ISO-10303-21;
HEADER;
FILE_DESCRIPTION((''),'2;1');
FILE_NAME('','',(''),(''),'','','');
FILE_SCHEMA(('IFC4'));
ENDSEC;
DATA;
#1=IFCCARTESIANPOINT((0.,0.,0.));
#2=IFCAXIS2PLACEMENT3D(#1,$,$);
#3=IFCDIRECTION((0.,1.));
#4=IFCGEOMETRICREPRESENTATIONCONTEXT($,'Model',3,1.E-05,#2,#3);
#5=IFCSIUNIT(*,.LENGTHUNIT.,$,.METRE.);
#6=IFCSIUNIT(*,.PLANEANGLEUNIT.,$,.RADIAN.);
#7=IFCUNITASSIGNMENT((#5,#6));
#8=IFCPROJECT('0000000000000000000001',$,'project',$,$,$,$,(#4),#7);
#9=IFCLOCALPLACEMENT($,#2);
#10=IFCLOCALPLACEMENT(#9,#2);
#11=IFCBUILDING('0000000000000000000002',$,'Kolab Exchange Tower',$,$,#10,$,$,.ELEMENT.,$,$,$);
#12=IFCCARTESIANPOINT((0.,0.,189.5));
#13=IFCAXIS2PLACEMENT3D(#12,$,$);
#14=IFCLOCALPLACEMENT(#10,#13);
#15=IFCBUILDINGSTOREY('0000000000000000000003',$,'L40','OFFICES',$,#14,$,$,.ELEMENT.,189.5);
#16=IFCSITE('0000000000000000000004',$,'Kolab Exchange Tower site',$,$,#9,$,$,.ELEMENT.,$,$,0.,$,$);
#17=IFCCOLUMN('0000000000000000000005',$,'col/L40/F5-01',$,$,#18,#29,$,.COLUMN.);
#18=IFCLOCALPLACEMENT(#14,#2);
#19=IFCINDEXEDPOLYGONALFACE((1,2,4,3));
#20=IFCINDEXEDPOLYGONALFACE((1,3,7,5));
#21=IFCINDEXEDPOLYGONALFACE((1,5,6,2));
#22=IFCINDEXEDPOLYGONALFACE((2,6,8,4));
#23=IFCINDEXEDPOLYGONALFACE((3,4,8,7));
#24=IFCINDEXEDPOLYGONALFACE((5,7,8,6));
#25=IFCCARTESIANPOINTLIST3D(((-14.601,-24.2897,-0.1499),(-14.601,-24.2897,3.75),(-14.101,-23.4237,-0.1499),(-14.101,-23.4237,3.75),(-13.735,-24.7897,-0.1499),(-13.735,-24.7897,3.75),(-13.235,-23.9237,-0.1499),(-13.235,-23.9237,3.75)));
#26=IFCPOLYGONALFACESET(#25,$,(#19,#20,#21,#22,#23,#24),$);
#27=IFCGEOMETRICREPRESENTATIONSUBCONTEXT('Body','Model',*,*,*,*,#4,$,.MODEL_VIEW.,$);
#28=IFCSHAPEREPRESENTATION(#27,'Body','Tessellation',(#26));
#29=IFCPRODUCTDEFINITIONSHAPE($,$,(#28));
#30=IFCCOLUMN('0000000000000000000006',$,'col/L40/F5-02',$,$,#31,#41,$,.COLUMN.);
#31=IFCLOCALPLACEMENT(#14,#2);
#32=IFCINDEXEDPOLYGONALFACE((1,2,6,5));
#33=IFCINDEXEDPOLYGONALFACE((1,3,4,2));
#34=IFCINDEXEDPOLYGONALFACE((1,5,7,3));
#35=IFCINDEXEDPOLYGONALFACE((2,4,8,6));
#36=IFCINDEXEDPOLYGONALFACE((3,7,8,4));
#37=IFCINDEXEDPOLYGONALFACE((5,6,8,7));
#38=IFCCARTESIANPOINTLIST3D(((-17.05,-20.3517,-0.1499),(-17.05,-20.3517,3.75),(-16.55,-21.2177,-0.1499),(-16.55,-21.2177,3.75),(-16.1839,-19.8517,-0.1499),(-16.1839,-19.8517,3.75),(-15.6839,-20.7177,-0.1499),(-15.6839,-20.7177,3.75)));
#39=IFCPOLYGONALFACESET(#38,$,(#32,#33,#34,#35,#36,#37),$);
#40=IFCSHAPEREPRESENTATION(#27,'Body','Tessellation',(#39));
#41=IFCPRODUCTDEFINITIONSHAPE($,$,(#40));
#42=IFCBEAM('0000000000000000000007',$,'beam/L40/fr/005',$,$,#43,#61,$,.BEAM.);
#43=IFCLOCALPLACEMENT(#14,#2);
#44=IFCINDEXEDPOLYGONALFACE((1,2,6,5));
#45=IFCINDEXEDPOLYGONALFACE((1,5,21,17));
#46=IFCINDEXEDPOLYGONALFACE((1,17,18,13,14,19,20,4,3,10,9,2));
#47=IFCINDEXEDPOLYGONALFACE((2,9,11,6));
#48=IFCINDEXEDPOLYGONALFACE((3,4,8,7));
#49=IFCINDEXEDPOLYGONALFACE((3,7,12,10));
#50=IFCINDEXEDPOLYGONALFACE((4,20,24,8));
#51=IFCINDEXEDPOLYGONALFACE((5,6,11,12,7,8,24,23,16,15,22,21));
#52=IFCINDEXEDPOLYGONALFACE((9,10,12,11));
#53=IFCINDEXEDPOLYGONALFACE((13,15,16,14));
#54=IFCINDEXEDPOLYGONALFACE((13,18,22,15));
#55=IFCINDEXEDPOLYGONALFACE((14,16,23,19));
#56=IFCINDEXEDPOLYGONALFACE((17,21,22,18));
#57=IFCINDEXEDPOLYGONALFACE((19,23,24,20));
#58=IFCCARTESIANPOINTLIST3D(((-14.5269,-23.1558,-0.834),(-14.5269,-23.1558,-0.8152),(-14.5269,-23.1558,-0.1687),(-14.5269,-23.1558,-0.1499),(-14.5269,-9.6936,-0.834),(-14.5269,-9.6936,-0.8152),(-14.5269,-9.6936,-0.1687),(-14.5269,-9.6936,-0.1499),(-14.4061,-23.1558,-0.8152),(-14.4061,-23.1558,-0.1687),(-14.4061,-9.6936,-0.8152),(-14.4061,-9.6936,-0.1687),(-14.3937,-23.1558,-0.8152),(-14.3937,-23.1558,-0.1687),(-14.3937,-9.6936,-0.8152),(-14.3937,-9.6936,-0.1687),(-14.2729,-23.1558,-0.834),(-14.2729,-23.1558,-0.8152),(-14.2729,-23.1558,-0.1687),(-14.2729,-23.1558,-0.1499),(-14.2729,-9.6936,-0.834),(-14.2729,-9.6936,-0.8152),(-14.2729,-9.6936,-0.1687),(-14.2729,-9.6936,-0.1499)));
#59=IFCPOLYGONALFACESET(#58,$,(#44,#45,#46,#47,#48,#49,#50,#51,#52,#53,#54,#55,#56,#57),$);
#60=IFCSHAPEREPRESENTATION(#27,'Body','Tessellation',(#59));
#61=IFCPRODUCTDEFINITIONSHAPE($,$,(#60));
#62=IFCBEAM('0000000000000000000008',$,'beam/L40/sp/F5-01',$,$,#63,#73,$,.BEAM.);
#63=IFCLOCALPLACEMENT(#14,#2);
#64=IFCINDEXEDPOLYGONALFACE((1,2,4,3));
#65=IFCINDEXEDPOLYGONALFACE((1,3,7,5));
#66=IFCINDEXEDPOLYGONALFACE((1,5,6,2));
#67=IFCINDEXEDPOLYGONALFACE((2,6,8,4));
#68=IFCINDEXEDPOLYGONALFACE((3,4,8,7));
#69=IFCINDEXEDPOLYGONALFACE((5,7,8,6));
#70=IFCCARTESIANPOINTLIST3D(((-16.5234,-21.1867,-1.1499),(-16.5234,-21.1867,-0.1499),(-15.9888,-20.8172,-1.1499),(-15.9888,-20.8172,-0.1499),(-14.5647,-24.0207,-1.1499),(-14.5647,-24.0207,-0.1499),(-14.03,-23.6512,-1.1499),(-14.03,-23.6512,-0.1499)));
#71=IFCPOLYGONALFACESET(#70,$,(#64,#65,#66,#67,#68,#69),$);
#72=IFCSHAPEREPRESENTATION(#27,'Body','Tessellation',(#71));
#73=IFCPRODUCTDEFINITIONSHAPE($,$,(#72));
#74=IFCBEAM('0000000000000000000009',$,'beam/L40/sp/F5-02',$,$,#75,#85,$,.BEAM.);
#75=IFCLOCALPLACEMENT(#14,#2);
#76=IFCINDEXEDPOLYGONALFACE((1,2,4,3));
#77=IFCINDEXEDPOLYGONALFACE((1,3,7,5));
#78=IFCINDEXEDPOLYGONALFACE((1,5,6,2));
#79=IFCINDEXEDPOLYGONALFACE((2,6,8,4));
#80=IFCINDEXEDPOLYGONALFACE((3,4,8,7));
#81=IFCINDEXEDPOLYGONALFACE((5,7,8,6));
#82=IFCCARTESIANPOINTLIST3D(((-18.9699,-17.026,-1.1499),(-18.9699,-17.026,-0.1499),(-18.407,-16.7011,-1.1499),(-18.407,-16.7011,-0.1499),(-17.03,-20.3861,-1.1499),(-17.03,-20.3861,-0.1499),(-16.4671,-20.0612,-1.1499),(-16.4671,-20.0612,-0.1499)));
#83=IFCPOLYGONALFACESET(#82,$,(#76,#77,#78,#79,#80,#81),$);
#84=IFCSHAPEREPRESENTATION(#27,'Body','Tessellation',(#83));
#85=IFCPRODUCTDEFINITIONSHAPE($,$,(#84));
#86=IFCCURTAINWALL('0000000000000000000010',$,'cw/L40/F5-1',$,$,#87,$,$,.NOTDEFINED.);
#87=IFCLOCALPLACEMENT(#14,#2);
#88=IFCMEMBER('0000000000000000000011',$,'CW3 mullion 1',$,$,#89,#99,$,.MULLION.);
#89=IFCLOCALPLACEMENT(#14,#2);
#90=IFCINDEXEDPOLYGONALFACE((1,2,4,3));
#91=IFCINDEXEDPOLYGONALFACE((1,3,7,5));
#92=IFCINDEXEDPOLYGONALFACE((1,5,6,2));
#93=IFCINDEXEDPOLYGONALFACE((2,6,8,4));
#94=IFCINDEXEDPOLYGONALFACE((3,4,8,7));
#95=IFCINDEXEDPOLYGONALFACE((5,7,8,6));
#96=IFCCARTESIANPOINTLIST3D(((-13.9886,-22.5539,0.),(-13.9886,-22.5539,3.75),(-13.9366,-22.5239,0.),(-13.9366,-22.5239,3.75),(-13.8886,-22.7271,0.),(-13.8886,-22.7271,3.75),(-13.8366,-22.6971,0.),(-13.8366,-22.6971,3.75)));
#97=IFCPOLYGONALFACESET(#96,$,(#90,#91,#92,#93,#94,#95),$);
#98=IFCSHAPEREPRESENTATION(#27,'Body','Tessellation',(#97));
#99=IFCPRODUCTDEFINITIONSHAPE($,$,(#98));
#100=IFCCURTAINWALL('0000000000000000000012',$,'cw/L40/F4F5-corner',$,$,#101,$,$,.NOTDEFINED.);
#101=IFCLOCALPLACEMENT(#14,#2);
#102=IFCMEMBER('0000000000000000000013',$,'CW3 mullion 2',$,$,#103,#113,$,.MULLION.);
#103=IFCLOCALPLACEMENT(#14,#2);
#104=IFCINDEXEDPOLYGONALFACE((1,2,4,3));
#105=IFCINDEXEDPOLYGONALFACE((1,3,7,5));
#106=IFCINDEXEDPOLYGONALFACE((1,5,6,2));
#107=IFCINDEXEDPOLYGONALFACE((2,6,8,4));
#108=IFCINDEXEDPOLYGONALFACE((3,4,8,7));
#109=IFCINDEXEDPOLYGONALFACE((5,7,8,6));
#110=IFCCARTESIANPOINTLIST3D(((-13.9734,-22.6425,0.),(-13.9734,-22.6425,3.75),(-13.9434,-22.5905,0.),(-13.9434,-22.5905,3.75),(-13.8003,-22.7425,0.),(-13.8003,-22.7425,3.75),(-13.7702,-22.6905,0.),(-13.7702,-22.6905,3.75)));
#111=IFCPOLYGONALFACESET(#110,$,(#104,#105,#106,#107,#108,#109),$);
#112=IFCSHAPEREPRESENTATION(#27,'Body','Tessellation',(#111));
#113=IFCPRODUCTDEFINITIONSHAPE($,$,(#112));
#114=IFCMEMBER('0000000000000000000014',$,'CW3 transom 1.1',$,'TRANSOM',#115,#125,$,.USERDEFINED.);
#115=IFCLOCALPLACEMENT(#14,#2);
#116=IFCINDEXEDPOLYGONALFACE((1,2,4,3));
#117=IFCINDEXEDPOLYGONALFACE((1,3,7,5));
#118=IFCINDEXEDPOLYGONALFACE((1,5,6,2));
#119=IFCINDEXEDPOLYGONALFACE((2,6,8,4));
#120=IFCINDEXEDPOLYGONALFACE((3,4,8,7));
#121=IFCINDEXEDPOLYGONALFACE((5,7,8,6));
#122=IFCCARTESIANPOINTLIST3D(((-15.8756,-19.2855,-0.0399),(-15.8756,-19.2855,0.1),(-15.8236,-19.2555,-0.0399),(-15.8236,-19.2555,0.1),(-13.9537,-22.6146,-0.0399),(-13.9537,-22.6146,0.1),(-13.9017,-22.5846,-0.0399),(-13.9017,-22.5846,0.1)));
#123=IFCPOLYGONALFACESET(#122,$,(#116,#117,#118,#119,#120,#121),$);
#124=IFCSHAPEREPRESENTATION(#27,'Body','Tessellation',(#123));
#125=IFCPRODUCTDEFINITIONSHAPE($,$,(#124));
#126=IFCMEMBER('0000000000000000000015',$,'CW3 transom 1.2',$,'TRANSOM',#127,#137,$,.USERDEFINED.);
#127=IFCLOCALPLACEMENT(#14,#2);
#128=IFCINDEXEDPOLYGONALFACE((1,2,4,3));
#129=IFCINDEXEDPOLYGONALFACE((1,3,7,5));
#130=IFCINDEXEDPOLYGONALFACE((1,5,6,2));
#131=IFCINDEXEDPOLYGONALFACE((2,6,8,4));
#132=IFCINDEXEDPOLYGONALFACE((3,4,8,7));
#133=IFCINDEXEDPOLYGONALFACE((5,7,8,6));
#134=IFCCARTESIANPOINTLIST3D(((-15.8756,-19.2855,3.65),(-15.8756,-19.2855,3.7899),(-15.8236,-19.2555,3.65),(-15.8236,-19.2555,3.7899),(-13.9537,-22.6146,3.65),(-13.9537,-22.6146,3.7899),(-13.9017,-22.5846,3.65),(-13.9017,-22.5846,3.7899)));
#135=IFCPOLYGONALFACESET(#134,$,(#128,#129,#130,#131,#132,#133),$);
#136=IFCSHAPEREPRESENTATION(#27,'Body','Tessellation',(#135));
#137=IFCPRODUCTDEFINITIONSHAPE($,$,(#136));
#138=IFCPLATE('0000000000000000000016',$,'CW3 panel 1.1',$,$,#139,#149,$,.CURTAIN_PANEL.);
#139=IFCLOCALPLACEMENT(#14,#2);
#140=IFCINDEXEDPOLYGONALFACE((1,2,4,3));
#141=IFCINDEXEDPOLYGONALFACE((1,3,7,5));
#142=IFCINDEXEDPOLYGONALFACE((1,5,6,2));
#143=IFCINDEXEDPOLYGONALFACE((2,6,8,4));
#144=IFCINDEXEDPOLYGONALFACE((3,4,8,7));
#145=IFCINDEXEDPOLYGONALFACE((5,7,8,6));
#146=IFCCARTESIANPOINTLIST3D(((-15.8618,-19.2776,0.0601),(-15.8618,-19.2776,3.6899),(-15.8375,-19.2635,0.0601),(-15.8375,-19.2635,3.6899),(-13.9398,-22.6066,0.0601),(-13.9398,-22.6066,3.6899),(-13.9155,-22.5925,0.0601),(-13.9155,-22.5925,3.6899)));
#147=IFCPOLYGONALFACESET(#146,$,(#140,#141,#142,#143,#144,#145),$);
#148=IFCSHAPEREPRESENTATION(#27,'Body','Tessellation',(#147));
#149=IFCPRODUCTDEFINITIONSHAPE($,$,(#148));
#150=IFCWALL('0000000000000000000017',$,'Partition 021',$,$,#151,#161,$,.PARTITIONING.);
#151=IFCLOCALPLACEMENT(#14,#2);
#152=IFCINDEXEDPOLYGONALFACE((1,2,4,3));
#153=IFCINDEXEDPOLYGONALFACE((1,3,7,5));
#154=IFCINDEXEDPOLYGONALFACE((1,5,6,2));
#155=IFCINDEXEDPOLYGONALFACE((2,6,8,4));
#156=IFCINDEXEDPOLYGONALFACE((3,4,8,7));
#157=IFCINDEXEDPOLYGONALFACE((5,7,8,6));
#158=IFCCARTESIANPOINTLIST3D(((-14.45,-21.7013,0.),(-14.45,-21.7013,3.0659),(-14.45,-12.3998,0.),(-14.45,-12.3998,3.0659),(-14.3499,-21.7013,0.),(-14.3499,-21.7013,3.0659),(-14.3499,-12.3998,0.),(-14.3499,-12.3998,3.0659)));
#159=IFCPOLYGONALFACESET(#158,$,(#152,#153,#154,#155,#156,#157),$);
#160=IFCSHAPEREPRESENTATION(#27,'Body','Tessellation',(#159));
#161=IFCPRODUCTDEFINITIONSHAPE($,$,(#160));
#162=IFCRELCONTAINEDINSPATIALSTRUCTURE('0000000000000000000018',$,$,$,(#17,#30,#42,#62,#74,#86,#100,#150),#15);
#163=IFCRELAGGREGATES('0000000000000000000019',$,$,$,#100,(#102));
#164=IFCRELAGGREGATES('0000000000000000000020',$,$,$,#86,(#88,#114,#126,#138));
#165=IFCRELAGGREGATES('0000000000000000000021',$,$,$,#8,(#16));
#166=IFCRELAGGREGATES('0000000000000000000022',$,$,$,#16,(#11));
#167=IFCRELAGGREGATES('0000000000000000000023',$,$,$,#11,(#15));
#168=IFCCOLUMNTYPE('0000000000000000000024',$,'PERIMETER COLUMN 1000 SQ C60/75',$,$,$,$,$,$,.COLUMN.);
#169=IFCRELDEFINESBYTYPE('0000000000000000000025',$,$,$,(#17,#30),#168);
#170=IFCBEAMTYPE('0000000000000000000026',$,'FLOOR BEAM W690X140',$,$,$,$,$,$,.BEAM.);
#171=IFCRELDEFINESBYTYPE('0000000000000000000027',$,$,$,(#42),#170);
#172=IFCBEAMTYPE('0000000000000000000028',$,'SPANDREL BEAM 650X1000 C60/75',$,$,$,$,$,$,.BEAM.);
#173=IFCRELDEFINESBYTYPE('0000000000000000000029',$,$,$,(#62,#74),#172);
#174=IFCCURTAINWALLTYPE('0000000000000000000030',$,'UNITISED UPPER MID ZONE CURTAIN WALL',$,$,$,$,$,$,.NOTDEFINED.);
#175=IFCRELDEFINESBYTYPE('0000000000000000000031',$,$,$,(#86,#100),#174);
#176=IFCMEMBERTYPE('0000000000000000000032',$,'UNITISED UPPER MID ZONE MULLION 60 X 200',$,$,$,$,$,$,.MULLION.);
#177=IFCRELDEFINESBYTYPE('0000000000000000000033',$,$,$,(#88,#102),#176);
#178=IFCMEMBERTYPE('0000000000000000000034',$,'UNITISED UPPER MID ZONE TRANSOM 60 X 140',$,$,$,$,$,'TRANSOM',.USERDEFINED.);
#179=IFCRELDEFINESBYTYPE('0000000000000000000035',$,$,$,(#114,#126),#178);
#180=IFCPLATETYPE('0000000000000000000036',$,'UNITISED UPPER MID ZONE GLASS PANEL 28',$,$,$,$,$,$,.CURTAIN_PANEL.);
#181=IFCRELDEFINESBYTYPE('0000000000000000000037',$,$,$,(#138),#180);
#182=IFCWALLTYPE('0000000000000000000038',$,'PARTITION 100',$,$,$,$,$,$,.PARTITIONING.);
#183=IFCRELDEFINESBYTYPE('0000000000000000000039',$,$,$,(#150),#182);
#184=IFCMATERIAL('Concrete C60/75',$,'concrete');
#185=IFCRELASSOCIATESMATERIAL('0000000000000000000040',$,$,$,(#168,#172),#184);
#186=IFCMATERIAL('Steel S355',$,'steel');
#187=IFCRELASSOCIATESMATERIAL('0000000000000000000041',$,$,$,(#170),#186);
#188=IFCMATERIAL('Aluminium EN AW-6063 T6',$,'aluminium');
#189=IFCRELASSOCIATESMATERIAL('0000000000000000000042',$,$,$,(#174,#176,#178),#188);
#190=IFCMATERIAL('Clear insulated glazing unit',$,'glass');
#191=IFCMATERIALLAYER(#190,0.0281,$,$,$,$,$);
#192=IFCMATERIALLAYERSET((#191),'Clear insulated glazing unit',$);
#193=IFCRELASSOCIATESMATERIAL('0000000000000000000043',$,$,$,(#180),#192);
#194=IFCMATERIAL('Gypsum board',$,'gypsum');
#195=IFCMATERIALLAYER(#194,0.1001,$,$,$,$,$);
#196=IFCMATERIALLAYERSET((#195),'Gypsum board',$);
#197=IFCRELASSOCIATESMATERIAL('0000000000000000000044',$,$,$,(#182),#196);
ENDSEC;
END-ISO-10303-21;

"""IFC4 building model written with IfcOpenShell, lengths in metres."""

from ifc_helpers import new_model, si_unit, direction, frame, frame_2d, origin, origin_2d, place, context, subcontext, project, spatial, rectangle, i_section, extrude, material, layer, layer_set, material_profile, profile_set, type_object, element, aggregate, save


model = new_model("IFC4")

# Units and contexts
model_context = context("Model", 3, precision=1e-05, world=origin(), true_north=direction((0.0, 1.0)))
body_context = subcontext(model_context, "Body", "Model", "MODEL_VIEW")
ifc_project = project(units=[si_unit("LENGTHUNIT", "METRE"), si_unit("PLANEANGLEUNIT", "RADIAN")], contexts=[model_context])

# Site, building, storey
site_placement = place(None, origin())
site = spatial("IfcSite", under=ifc_project, at=site_placement, Name="Kolab Exchange Tower site", CompositionType="ELEMENT", RefElevation=0.0)
building_placement = place(site_placement, origin())
building = spatial("IfcBuilding", under=site, at=building_placement, Name="Kolab Exchange Tower", CompositionType="ELEMENT")
storey_placement = place(building_placement, frame((0.0, 0.0, 189.5)))
storey = spatial("IfcBuildingStorey", under=building, at=storey_placement, Name="L40", Description="OFFICES", CompositionType="ELEMENT", Elevation=189.5)

# Columns
ifc_material_1 = material(Name="Concrete C60/75", Category="concrete")
ifc_material_profile_1 = material_profile(ifc_material_1, rectangle(XDim=1.0, YDim=1.0, at=origin_2d()), Name="RC1000")
ifc_profile_set_1 = profile_set([ifc_material_profile_1], Name="Concrete C60/75")
column_type = type_object("IfcColumnType", Name="PERIMETER COLUMN 1000 SQ C60/75", PredefinedType="COLUMN", material=ifc_profile_set_1)
for number, where, z_axis, x_axis, name in (
    (1, (-13.918, -24.1067, -0.1499), (0.0, 0.0, 1.0), (0.5, 0.866025, 0.0), "col/L40/F5-01"),
    (2, (-16.3669, -20.5347, -0.1499), (0.0, 0.0, 1.0), (0.866025, 0.5, 0.0), "col/L40/F5-02"),
):
    element("IfcColumn", number, at=place(storey_placement, frame(where, z_axis=z_axis, x_axis=x_axis)), inside=storey, type_object=column_type, Name=name, PredefinedType="COLUMN", context=body_context, shape_type="SweptSolid", body=[
        extrude(rectangle(XDim=1.0, YDim=1.0, at=origin_2d()), origin(), (0.0, 0.0, 1.0), 3.8999),
    ])

# Beams
ifc_material_2 = material(Name="Steel S355", Category="steel")
ifc_material_profile_2 = material_profile(ifc_material_2, i_section(OverallWidth=0.2539, OverallDepth=0.6841, WebThickness=0.0125, FlangeThickness=0.0188, at=origin_2d()), Name="W690X140")
ifc_profile_set_2 = profile_set([ifc_material_profile_2], Name="Steel S355")
beam_type_1 = type_object("IfcBeamType", Name="FLOOR BEAM W690X140", PredefinedType="BEAM", material=ifc_profile_set_2)
beam_1_placement = place(storey_placement, frame((-14.3999, -23.1558, -0.4919), z_axis=(0.0, 1.0, 0.0), x_axis=(-1.0, 0.0, 0.0)))
element("IfcBeam", 3, at=beam_1_placement, inside=storey, type_object=beam_type_1, Name="beam/L40/fr/005", PredefinedType="BEAM", context=body_context, shape_type="SweptSolid", body=[
    extrude(i_section(OverallWidth=0.2539, OverallDepth=0.6841, WebThickness=0.0125, FlangeThickness=0.0188, at=origin_2d()), origin(), (0.0, 0.0, 1.0), 13.4622),
])
ifc_material_profile_3 = material_profile(ifc_material_1, rectangle(XDim=0.6499, YDim=1.0, at=origin_2d()), Name="RC650X1000")
ifc_profile_set_3 = profile_set([ifc_material_profile_3], Name="Concrete C60/75")
beam_type_2 = type_object("IfcBeamType", Name="SPANDREL BEAM 650X1000 C60/75", PredefinedType="BEAM", material=ifc_profile_set_3)
beam_2_placement = place(storey_placement, frame((-14.2974, -23.8359, -0.6499), z_axis=(-0.568572, 0.822633, 0.0), x_axis=(-0.822633, -0.568572, 0.0)))
element("IfcBeam", 4, at=beam_2_placement, inside=storey, type_object=beam_type_2, Name="beam/L40/sp/F5-01", PredefinedType="BEAM", context=body_context, shape_type="SweptSolid", body=[
    extrude(rectangle(XDim=0.6499, YDim=1.0, at=origin_2d()), origin(), (0.0, 0.0, 1.0), 3.4451),
])
beam_3_placement = place(storey_placement, frame((-16.7485, -20.2236, -0.6499), z_axis=(-0.499997, 0.866027, 0.0), x_axis=(-0.866027, -0.499997, 0.0)))
element("IfcBeam", 5, at=beam_3_placement, inside=storey, type_object=beam_type_2, Name="beam/L40/sp/F5-02", PredefinedType="BEAM", context=body_context, shape_type="SweptSolid", body=[
    extrude(rectangle(XDim=0.6499, YDim=1.0, at=origin_2d()), origin(), (0.0, 0.0, 1.0), 3.8799),
])

# Curtain walls, members
ifc_material_3 = material(Name="Aluminium EN AW-6063 T6", Category="aluminium")
curtain_wall_type = type_object("IfcCurtainWallType", Name="UNITISED UPPER MID ZONE CURTAIN WALL", PredefinedType="NOTDEFINED", material=ifc_material_3)
curtain_wall_1_placement = place(storey_placement, origin())
curtain_wall_1 = element("IfcCurtainWall", 6, at=curtain_wall_1_placement, inside=storey, type_object=curtain_wall_type, Name="cw/L40/F5-1", PredefinedType="NOTDEFINED")
ifc_material_profile_4 = material_profile(ifc_material_3, rectangle(XDim=0.0601, YDim=0.2, at=origin_2d()), Name="RECT 60X200")
ifc_profile_set_4 = profile_set([ifc_material_profile_4], Name="Aluminium EN AW-6063 T6")
member_type_1 = type_object("IfcMemberType", Name="UNITISED UPPER MID ZONE MULLION 60 X 200", PredefinedType="MULLION", material=ifc_profile_set_4)
member_1_placement = place(storey_placement, frame((-13.9126, -22.6255, 0.0), z_axis=(0.0, 0.0, 1.0), x_axis=(-0.866025, -0.5, 0.0)))
member_1 = element("IfcMember", 7, at=member_1_placement, type_object=member_type_1, Name="CW3 mullion 1", PredefinedType="MULLION", context=body_context, shape_type="SweptSolid", body=[
    extrude(rectangle(XDim=0.0601, YDim=0.2, at=origin_2d()), origin(), (0.0, 0.0, 1.0), 3.75),
])
curtain_wall_2_placement = place(storey_placement, origin())
curtain_wall_2 = element("IfcCurtainWall", 8, at=curtain_wall_2_placement, inside=storey, type_object=curtain_wall_type, Name="cw/L40/F4F5-corner", PredefinedType="NOTDEFINED")
member_2_placement = place(storey_placement, frame((-13.8718, -22.6665, 0.0), z_axis=(0.0, 0.0, 1.0), x_axis=(-0.5, -0.866025, 0.0)))
member_2 = element("IfcMember", 9, at=member_2_placement, type_object=member_type_1, Name="CW3 mullion 2", PredefinedType="MULLION", context=body_context, shape_type="SweptSolid", body=[
    extrude(rectangle(XDim=0.0601, YDim=0.2, at=origin_2d()), origin(), (0.0, 0.0, 1.0), 3.75),
])
aggregate(curtain_wall_2, [member_2])

# Members
ifc_material_profile_5 = material_profile(ifc_material_3, rectangle(XDim=0.0601, YDim=0.1399, at=origin_2d()), Name="RECT 60X140")
ifc_profile_set_5 = profile_set([ifc_material_profile_5], Name="Aluminium EN AW-6063 T6")
member_type_2 = type_object("IfcMemberType", Name="UNITISED UPPER MID ZONE TRANSOM 60 X 140", ElementType="TRANSOM", PredefinedType="USERDEFINED", material=ifc_profile_set_5)
member_3_placement = place(storey_placement, frame((-13.9277, -22.5996, 0.03), z_axis=(-0.499964, 0.866046, 0.0), x_axis=(-0.866046, -0.499964, 0.0)))
member_3 = element("IfcMember", 10, at=member_3_placement, type_object=member_type_2, Name="CW3 transom 1.1", ObjectType="TRANSOM", PredefinedType="USERDEFINED", context=body_context, shape_type="SweptSolid", body=[
    extrude(rectangle(XDim=0.0601, YDim=0.1399, at=origin_2d()), origin(), (0.0, 0.0, 1.0), 3.844),
])
member_4_placement = place(storey_placement, frame((-13.9277, -22.5996, 3.72), z_axis=(-0.499964, 0.866046, 0.0), x_axis=(-0.866046, -0.499964, 0.0)))
member_4 = element("IfcMember", 11, at=member_4_placement, type_object=member_type_2, Name="CW3 transom 1.2", ObjectType="TRANSOM", PredefinedType="USERDEFINED", context=body_context, shape_type="SweptSolid", body=[
    extrude(rectangle(XDim=0.0601, YDim=0.1399, at=origin_2d()), origin(), (0.0, 0.0, 1.0), 3.844),
])

# Plate
ifc_material_4 = material(Name="Clear insulated glazing unit", Category="glass")
ifc_layer_1 = layer(ifc_material_4, 0.0281)
ifc_layer_set_1 = layer_set([ifc_layer_1], Name="Clear insulated glazing unit")
plate_type = type_object("IfcPlateType", Name="UNITISED UPPER MID ZONE GLASS PANEL 28", PredefinedType="CURTAIN_PANEL", material=ifc_layer_set_1)
plate_placement = place(storey_placement, frame((-14.8887, -20.9351, 0.0601), z_axis=(0.0, 0.0, 1.0), x_axis=(-0.5, 0.866025, 0.0)))
plate = element("IfcPlate", 12, at=plate_placement, type_object=plate_type, Name="CW3 panel 1.1", PredefinedType="CURTAIN_PANEL", context=body_context, shape_type="SweptSolid", body=[
    extrude(rectangle(XDim=3.844, YDim=0.0281, at=origin_2d()), origin(), (0.0, 0.0, 1.0), 3.6299),
])
aggregate(curtain_wall_1, [member_1, member_3, member_4, plate])

# Wall
ifc_material_5 = material(Name="Gypsum board", Category="gypsum")
ifc_layer_2 = layer(ifc_material_5, 0.1001)
ifc_layer_set_2 = layer_set([ifc_layer_2], Name="Gypsum board")
wall_type = type_object("IfcWallType", Name="PARTITION 100", PredefinedType="PARTITIONING", material=ifc_layer_set_2)
wall_placement = place(storey_placement, frame((-14.3999, -21.7014, 0.0), z_axis=(0.0, 0.0, 1.0), x_axis=(0.0, 1.0, 0.0)))
element("IfcWall", 13, at=wall_placement, inside=storey, type_object=wall_type, Name="Partition 021", PredefinedType="PARTITIONING", context=body_context, shape_type="SweptSolid", body=[
    extrude(rectangle(XDim=9.3015, YDim=0.1001, at=frame_2d((4.6509, 0.0))), origin(), (0.0, 0.0, 1.0), 3.0659),
])

save(model, "model.ifc")
